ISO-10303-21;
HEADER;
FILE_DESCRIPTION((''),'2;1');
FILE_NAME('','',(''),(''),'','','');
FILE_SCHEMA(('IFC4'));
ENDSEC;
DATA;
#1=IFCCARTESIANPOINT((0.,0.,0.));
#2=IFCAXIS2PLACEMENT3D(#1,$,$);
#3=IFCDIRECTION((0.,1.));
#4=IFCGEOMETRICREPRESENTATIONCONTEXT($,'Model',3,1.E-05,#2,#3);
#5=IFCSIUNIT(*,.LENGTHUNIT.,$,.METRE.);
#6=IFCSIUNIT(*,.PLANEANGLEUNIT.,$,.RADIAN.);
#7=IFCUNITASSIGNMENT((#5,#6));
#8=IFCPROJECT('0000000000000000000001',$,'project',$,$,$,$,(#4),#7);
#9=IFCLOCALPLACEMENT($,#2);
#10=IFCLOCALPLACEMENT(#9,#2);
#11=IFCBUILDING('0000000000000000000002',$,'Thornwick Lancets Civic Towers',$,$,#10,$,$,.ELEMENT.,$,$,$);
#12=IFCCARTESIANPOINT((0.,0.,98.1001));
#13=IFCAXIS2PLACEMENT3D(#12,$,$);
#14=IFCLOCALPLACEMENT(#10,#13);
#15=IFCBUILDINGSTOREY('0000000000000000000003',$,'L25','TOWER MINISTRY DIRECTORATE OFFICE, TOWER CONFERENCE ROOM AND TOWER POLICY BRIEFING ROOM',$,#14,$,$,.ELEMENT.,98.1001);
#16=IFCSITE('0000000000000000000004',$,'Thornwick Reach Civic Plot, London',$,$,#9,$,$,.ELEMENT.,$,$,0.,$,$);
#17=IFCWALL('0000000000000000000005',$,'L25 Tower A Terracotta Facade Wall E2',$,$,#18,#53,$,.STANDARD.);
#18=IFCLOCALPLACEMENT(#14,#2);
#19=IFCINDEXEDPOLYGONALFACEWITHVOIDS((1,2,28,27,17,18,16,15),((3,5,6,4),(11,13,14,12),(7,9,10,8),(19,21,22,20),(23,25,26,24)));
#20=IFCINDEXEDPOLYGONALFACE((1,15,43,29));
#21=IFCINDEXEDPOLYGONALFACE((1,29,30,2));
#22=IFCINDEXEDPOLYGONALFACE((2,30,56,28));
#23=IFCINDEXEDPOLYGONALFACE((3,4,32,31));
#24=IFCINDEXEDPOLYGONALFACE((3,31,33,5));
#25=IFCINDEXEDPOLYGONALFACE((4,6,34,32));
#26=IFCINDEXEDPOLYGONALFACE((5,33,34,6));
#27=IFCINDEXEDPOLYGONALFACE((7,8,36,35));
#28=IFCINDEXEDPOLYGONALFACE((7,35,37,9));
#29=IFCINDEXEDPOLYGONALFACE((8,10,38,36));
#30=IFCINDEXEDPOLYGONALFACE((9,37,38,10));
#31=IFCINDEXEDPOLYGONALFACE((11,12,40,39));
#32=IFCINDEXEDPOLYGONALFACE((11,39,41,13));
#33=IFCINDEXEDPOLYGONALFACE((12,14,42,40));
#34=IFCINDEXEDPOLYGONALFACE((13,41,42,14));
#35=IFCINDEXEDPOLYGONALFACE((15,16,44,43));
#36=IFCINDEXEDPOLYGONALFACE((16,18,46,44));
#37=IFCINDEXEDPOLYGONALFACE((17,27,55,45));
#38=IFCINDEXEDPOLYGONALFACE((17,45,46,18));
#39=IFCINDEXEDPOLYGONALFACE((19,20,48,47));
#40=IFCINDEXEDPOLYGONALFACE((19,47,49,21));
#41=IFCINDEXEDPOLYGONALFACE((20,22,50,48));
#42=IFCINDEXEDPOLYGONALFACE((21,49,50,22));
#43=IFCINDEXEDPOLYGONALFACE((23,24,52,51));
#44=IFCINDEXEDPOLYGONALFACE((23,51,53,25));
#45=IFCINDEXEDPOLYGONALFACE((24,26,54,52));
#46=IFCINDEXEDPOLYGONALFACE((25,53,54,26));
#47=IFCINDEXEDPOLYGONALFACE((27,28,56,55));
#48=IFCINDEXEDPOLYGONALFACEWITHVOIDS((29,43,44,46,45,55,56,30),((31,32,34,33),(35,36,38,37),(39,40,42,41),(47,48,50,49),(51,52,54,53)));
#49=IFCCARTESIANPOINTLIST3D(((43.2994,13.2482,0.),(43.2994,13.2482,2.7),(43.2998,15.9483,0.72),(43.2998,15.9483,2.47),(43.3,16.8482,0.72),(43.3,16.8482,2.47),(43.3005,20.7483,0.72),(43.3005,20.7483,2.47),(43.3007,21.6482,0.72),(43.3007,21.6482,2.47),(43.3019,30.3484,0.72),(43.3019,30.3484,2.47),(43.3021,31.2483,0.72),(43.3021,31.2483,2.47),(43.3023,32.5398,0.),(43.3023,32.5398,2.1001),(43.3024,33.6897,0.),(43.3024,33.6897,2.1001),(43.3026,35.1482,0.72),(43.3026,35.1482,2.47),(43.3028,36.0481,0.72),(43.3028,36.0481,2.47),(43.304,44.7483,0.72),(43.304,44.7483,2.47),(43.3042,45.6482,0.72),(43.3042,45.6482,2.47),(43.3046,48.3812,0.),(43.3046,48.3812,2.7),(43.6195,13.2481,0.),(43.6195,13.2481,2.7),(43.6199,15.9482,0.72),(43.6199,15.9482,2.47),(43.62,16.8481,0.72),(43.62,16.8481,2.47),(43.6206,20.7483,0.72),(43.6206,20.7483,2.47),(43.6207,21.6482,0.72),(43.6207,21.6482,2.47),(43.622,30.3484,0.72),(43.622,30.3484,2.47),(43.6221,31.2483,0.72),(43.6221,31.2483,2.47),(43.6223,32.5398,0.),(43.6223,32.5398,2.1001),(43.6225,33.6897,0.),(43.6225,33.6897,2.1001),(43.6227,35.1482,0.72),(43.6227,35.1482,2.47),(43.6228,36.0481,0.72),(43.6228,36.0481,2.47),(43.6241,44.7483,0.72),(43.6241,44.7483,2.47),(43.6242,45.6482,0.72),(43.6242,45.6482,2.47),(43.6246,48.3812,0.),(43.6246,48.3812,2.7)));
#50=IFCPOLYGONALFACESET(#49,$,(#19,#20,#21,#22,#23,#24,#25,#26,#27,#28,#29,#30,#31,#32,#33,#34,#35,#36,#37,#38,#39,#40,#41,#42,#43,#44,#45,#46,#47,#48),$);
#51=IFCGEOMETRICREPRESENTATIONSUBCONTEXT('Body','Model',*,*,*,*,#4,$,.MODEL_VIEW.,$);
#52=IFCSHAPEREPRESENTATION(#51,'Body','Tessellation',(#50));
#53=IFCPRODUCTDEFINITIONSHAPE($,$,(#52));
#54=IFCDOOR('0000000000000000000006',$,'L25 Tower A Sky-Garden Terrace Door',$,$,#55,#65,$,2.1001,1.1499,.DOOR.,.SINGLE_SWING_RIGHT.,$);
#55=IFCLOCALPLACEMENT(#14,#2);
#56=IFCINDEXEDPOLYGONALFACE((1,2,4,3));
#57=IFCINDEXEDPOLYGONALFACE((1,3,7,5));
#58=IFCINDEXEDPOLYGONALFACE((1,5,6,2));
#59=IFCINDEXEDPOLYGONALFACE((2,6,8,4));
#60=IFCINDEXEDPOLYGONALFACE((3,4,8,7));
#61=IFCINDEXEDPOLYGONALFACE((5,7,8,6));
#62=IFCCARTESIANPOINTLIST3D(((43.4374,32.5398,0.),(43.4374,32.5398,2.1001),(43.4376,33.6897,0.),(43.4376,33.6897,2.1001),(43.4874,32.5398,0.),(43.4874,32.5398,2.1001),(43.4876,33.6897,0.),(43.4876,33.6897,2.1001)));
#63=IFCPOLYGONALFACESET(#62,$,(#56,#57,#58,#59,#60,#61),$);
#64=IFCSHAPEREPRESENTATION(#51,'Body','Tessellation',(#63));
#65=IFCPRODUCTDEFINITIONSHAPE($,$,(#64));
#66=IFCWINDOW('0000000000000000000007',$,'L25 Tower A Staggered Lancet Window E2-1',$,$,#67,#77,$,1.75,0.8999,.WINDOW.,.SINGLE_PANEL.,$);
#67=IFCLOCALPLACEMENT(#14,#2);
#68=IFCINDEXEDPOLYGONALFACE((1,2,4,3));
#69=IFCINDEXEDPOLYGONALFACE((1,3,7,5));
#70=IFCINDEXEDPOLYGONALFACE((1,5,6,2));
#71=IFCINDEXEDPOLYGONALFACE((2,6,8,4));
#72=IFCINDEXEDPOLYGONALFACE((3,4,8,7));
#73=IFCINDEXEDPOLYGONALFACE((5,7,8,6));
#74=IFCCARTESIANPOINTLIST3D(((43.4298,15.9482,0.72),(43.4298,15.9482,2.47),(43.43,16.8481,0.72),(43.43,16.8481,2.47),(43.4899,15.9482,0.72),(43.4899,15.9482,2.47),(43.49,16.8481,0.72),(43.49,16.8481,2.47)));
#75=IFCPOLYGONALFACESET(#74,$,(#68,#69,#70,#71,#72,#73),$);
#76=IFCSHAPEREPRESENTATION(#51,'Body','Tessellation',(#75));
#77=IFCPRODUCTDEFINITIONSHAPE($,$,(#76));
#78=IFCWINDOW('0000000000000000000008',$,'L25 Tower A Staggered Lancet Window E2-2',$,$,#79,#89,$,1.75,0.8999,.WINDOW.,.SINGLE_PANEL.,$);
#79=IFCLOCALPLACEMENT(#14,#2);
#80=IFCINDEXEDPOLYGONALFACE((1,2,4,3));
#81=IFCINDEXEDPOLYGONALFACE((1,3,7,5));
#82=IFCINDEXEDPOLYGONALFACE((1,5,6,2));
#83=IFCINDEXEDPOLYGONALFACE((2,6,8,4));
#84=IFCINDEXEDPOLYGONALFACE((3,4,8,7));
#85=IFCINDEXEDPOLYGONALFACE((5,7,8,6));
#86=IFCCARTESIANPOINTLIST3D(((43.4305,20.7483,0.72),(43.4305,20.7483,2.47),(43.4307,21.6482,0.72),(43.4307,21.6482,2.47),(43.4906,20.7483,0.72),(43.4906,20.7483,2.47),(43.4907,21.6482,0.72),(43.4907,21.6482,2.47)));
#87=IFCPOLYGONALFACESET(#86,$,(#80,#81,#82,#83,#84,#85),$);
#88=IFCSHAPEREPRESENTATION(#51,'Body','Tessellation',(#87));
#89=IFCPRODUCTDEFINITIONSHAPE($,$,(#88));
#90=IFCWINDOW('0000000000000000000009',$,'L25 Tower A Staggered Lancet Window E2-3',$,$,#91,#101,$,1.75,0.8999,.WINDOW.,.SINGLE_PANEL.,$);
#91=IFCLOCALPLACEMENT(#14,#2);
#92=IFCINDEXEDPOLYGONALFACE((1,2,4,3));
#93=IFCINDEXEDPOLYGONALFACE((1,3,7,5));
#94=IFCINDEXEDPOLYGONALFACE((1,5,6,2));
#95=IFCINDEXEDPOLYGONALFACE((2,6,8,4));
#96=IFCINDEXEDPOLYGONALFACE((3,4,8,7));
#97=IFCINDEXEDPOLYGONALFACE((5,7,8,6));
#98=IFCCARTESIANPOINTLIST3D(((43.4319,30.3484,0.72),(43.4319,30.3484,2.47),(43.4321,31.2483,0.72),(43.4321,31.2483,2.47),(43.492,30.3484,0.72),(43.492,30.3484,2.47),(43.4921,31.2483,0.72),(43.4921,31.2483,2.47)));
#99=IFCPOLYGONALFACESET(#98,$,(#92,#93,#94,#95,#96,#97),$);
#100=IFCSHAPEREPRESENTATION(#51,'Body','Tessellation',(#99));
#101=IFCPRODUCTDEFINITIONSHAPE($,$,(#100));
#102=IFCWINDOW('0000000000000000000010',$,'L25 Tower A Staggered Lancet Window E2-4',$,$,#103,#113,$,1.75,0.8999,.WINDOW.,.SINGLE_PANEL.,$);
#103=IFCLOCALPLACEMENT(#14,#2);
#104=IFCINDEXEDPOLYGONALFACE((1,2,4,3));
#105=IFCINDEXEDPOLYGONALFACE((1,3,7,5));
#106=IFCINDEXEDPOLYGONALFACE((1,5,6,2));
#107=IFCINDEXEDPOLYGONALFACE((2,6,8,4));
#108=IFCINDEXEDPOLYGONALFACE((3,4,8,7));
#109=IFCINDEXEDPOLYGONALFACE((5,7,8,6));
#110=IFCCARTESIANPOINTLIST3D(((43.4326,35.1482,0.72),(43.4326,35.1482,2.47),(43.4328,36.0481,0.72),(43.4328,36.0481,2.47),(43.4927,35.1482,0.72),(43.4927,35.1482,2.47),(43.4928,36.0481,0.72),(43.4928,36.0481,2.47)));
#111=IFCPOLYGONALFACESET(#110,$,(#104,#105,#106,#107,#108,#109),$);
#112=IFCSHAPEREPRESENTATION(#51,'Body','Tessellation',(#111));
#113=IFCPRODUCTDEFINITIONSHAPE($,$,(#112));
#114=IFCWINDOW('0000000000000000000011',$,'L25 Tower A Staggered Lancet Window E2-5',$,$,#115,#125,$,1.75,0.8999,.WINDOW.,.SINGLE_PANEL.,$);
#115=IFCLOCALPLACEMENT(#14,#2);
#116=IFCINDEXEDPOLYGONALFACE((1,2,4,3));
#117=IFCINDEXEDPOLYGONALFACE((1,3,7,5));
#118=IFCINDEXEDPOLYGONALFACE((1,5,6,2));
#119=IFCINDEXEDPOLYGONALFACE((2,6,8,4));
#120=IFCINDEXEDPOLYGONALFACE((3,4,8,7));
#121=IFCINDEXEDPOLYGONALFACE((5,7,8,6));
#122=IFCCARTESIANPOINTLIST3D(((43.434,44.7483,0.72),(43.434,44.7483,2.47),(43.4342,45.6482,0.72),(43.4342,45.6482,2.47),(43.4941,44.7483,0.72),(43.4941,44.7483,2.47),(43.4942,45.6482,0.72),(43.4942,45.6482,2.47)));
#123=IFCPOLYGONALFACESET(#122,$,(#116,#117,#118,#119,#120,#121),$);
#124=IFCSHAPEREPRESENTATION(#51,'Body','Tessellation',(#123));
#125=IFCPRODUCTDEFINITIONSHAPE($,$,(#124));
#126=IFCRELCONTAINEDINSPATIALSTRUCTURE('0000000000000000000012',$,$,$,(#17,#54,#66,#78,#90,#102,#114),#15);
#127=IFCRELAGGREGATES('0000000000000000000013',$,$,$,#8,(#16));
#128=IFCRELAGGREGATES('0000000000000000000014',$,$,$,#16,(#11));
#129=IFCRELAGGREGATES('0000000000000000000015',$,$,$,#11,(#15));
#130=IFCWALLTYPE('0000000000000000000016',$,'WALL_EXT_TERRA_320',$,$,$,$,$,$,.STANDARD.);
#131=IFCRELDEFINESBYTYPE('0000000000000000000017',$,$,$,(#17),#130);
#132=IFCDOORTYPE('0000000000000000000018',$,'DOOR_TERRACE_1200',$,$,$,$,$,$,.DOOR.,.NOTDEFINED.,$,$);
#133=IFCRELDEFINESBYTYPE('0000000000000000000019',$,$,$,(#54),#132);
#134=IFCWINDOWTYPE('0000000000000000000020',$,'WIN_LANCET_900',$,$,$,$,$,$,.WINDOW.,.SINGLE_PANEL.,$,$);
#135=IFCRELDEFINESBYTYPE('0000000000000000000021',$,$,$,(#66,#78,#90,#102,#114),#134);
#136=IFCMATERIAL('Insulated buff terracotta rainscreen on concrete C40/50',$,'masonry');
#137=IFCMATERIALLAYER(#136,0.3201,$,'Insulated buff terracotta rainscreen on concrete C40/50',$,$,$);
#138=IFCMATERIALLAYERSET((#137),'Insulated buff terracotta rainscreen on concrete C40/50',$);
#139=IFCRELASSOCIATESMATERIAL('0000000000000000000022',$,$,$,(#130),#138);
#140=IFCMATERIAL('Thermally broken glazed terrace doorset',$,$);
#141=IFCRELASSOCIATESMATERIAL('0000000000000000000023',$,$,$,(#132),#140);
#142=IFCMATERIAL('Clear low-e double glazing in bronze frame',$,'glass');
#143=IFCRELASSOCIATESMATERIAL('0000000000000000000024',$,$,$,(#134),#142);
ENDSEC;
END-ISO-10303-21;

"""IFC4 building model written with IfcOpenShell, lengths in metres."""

from ifc_helpers import new_model, si_unit, direction, frame, frame_2d, origin, place, context, subcontext, project, spatial, rectangle, extrude, material, layer, layer_set, type_object, element, fill, save


model = new_model("IFC4")

# Units and contexts
model_context = context("Model", 3, precision=1e-05, world=origin(), true_north=direction((0.0, 1.0)))
body_context = subcontext(model_context, "Body", "Model", "MODEL_VIEW")
ifc_project = project(units=[si_unit("LENGTHUNIT", "METRE"), si_unit("PLANEANGLEUNIT", "RADIAN")], contexts=[model_context])

# Site, building, storey
site_placement = place(None, origin())
site = spatial("IfcSite", under=ifc_project, at=site_placement, Name="Thornwick Reach Civic Plot, London", CompositionType="ELEMENT", RefElevation=0.0)
building_placement = place(site_placement, origin())
building = spatial("IfcBuilding", under=site, at=building_placement, Name="Thornwick Lancets Civic Towers", CompositionType="ELEMENT")
storey_placement = place(building_placement, frame((0.0, 0.0, 98.1001)))
storey = spatial("IfcBuildingStorey", under=building, at=storey_placement, Name="L25", Description="TOWER MINISTRY DIRECTORATE OFFICE, TOWER CONFERENCE ROOM AND TOWER POLICY BRIEFING ROOM", CompositionType="ELEMENT", Elevation=98.1001)

# Wall, openings, door, windows
ifc_material_1 = material(Name="Insulated buff terracotta rainscreen on concrete C40/50", Category="masonry")
ifc_layer_1 = layer(ifc_material_1, 0.3201, Name="Insulated buff terracotta rainscreen on concrete C40/50")
ifc_layer_set_1 = layer_set([ifc_layer_1], Name="Insulated buff terracotta rainscreen on concrete C40/50")
wall_type_1 = type_object("IfcWallType", Name="WALL_EXT_TERRA_320", PredefinedType="STANDARD", material=ifc_layer_set_1)
wall_1_placement = place(storey_placement, frame((43.4595, 13.2483, 0.0), z_axis=(0.0, 0.0, 1.0), x_axis=(0.000146, 1.0, 0.0)))
wall_1 = element("IfcWall", 1, at=wall_1_placement, inside=storey, type_object=wall_type_1, Name="L25 Tower A Terracotta Facade Wall E2", PredefinedType="STANDARD", context=body_context, shape_type="SweptSolid", body=[
    extrude(rectangle(XDim=35.1331, YDim=0.3201, at=frame_2d((17.5664, 0.0))), origin(), (0.0, 0.0, 1.0), 2.7),
])
opening_1_placement = place(wall_1_placement, frame((19.2915, 0.0, 0.0)))
opening_1 = element("IfcOpeningElement", 2, at=opening_1_placement, cuts=wall_1, PredefinedType="OPENING", context=body_context, shape_type="SweptSolid", body=[
    extrude(rectangle(XDim=1.1499, YDim=2.1001, at=frame_2d((0.575, 1.05))), frame((0.0, 0.1699, 0.0), z_axis=(0.0, -1.0, 0.0), x_axis=(1.0, 0.0, 0.0)), (0.0, 0.0, 1.0), 0.3401),
])
opening_2_placement = place(wall_1_placement, frame((2.7, 0.0, 0.72)))
opening_2 = element("IfcOpeningElement", 3, at=opening_2_placement, cuts=wall_1, PredefinedType="OPENING", context=body_context, shape_type="SweptSolid", body=[
    extrude(rectangle(XDim=0.8999, YDim=1.75, at=frame_2d((0.45, 0.875))), frame((0.0, 0.1699, 0.0), z_axis=(0.0, -1.0, 0.0), x_axis=(1.0, 0.0, 0.0)), (0.0, 0.0, 1.0), 0.3401),
])
opening_3_placement = place(wall_1_placement, frame((7.5, 0.0, 0.72)))
opening_3 = element("IfcOpeningElement", 4, at=opening_3_placement, cuts=wall_1, PredefinedType="OPENING", context=body_context, shape_type="SweptSolid", body=[
    extrude(rectangle(XDim=0.8999, YDim=1.75, at=frame_2d((0.45, 0.875))), frame((0.0, 0.1699, 0.0), z_axis=(0.0, -1.0, 0.0), x_axis=(1.0, 0.0, 0.0)), (0.0, 0.0, 1.0), 0.3401),
])
opening_4_placement = place(wall_1_placement, frame((17.1001, 0.0, 0.72)))
opening_4 = element("IfcOpeningElement", 5, at=opening_4_placement, cuts=wall_1, PredefinedType="OPENING", context=body_context, shape_type="SweptSolid", body=[
    extrude(rectangle(XDim=0.8999, YDim=1.75, at=frame_2d((0.45, 0.875))), frame((0.0, 0.1699, 0.0), z_axis=(0.0, -1.0, 0.0), x_axis=(1.0, 0.0, 0.0)), (0.0, 0.0, 1.0), 0.3401),
])
opening_5_placement = place(wall_1_placement, frame((21.8999, 0.0, 0.72)))
opening_5 = element("IfcOpeningElement", 6, at=opening_5_placement, cuts=wall_1, PredefinedType="OPENING", context=body_context, shape_type="SweptSolid", body=[
    extrude(rectangle(XDim=0.8999, YDim=1.75, at=frame_2d((0.45, 0.875))), frame((0.0, 0.1699, 0.0), z_axis=(0.0, -1.0, 0.0), x_axis=(1.0, 0.0, 0.0)), (0.0, 0.0, 1.0), 0.3401),
])
opening_6_placement = place(wall_1_placement, frame((31.5, 0.0, 0.72)))
opening_6 = element("IfcOpeningElement", 7, at=opening_6_placement, cuts=wall_1, PredefinedType="OPENING", context=body_context, shape_type="SweptSolid", body=[
    extrude(rectangle(XDim=0.8999, YDim=1.75, at=frame_2d((0.45, 0.875))), frame((0.0, 0.1699, 0.0), z_axis=(0.0, -1.0, 0.0), x_axis=(1.0, 0.0, 0.0)), (0.0, 0.0, 1.0), 0.3401),
])
ifc_material_2 = material(Name="Thermally broken glazed terrace doorset")
door_type = type_object("IfcDoorType", Name="DOOR_TERRACE_1200", OperationType="NOTDEFINED", PredefinedType="DOOR", material=ifc_material_2)
door_placement = place(opening_1_placement, origin())
door = element("IfcDoor", 8, at=door_placement, inside=storey, type_object=door_type, Name="L25 Tower A Sky-Garden Terrace Door", OperationType="SINGLE_SWING_RIGHT", OverallHeight=2.1001, OverallWidth=1.1499, PredefinedType="DOOR", context=body_context, shape_type="SweptSolid", body=[
    extrude(rectangle(XDim=1.1499, YDim=2.1001, at=frame_2d((0.575, 1.05))), frame((0.0, 0.0249, 0.0), z_axis=(0.0, -1.0, 0.0), x_axis=(1.0, 0.0, 0.0)), (0.0, 0.0, 1.0), 0.05),
])
fill(opening_1, door)
ifc_material_3 = material(Name="Clear low-e double glazing in bronze frame", Category="glass")
window_type = type_object("IfcWindowType", Name="WIN_LANCET_900", PartitioningType="SINGLE_PANEL", PredefinedType="WINDOW", material=ifc_material_3)
window_1_placement = place(opening_2_placement, origin())
window_1 = element("IfcWindow", 9, at=window_1_placement, inside=storey, type_object=window_type, Name="L25 Tower A Staggered Lancet Window E2-1", OverallHeight=1.75, OverallWidth=0.8999, PartitioningType="SINGLE_PANEL", PredefinedType="WINDOW", context=body_context, shape_type="SweptSolid", body=[
    extrude(rectangle(XDim=0.8999, YDim=1.75, at=frame_2d((0.45, 0.875))), frame((0.0, 0.03, 0.0), z_axis=(0.0, -1.0, 0.0), x_axis=(1.0, 0.0, 0.0)), (0.0, 0.0, 1.0), 0.0601),
])
fill(opening_2, window_1)
window_2_placement = place(opening_3_placement, origin())
window_2 = element("IfcWindow", 10, at=window_2_placement, inside=storey, type_object=window_type, Name="L25 Tower A Staggered Lancet Window E2-2", OverallHeight=1.75, OverallWidth=0.8999, PartitioningType="SINGLE_PANEL", PredefinedType="WINDOW", context=body_context, shape_type="SweptSolid", body=[
    extrude(rectangle(XDim=0.8999, YDim=1.75, at=frame_2d((0.45, 0.875))), frame((0.0, 0.03, 0.0), z_axis=(0.0, -1.0, 0.0), x_axis=(1.0, 0.0, 0.0)), (0.0, 0.0, 1.0), 0.0601),
])
fill(opening_3, window_2)
window_3_placement = place(opening_4_placement, origin())
window_3 = element("IfcWindow", 11, at=window_3_placement, inside=storey, type_object=window_type, Name="L25 Tower A Staggered Lancet Window E2-3", OverallHeight=1.75, OverallWidth=0.8999, PartitioningType="SINGLE_PANEL", PredefinedType="WINDOW", context=body_context, shape_type="SweptSolid", body=[
    extrude(rectangle(XDim=0.8999, YDim=1.75, at=frame_2d((0.45, 0.875))), frame((0.0, 0.03, 0.0), z_axis=(0.0, -1.0, 0.0), x_axis=(1.0, 0.0, 0.0)), (0.0, 0.0, 1.0), 0.0601),
])
fill(opening_4, window_3)
window_4_placement = place(opening_5_placement, origin())
window_4 = element("IfcWindow", 12, at=window_4_placement, inside=storey, type_object=window_type, Name="L25 Tower A Staggered Lancet Window E2-4", OverallHeight=1.75, OverallWidth=0.8999, PartitioningType="SINGLE_PANEL", PredefinedType="WINDOW", context=body_context, shape_type="SweptSolid", body=[
    extrude(rectangle(XDim=0.8999, YDim=1.75, at=frame_2d((0.45, 0.875))), frame((0.0, 0.03, 0.0), z_axis=(0.0, -1.0, 0.0), x_axis=(1.0, 0.0, 0.0)), (0.0, 0.0, 1.0), 0.0601),
])
fill(opening_5, window_4)
window_5_placement = place(opening_6_placement, origin())
window_5 = element("IfcWindow", 13, at=window_5_placement, inside=storey, type_object=window_type, Name="L25 Tower A Staggered Lancet Window E2-5", OverallHeight=1.75, OverallWidth=0.8999, PartitioningType="SINGLE_PANEL", PredefinedType="WINDOW", context=body_context, shape_type="SweptSolid", body=[
    extrude(rectangle(XDim=0.8999, YDim=1.75, at=frame_2d((0.45, 0.875))), frame((0.0, 0.03, 0.0), z_axis=(0.0, -1.0, 0.0), x_axis=(1.0, 0.0, 0.0)), (0.0, 0.0, 1.0), 0.0601),
])
fill(opening_6, window_5)

save(model, "model.ifc")
